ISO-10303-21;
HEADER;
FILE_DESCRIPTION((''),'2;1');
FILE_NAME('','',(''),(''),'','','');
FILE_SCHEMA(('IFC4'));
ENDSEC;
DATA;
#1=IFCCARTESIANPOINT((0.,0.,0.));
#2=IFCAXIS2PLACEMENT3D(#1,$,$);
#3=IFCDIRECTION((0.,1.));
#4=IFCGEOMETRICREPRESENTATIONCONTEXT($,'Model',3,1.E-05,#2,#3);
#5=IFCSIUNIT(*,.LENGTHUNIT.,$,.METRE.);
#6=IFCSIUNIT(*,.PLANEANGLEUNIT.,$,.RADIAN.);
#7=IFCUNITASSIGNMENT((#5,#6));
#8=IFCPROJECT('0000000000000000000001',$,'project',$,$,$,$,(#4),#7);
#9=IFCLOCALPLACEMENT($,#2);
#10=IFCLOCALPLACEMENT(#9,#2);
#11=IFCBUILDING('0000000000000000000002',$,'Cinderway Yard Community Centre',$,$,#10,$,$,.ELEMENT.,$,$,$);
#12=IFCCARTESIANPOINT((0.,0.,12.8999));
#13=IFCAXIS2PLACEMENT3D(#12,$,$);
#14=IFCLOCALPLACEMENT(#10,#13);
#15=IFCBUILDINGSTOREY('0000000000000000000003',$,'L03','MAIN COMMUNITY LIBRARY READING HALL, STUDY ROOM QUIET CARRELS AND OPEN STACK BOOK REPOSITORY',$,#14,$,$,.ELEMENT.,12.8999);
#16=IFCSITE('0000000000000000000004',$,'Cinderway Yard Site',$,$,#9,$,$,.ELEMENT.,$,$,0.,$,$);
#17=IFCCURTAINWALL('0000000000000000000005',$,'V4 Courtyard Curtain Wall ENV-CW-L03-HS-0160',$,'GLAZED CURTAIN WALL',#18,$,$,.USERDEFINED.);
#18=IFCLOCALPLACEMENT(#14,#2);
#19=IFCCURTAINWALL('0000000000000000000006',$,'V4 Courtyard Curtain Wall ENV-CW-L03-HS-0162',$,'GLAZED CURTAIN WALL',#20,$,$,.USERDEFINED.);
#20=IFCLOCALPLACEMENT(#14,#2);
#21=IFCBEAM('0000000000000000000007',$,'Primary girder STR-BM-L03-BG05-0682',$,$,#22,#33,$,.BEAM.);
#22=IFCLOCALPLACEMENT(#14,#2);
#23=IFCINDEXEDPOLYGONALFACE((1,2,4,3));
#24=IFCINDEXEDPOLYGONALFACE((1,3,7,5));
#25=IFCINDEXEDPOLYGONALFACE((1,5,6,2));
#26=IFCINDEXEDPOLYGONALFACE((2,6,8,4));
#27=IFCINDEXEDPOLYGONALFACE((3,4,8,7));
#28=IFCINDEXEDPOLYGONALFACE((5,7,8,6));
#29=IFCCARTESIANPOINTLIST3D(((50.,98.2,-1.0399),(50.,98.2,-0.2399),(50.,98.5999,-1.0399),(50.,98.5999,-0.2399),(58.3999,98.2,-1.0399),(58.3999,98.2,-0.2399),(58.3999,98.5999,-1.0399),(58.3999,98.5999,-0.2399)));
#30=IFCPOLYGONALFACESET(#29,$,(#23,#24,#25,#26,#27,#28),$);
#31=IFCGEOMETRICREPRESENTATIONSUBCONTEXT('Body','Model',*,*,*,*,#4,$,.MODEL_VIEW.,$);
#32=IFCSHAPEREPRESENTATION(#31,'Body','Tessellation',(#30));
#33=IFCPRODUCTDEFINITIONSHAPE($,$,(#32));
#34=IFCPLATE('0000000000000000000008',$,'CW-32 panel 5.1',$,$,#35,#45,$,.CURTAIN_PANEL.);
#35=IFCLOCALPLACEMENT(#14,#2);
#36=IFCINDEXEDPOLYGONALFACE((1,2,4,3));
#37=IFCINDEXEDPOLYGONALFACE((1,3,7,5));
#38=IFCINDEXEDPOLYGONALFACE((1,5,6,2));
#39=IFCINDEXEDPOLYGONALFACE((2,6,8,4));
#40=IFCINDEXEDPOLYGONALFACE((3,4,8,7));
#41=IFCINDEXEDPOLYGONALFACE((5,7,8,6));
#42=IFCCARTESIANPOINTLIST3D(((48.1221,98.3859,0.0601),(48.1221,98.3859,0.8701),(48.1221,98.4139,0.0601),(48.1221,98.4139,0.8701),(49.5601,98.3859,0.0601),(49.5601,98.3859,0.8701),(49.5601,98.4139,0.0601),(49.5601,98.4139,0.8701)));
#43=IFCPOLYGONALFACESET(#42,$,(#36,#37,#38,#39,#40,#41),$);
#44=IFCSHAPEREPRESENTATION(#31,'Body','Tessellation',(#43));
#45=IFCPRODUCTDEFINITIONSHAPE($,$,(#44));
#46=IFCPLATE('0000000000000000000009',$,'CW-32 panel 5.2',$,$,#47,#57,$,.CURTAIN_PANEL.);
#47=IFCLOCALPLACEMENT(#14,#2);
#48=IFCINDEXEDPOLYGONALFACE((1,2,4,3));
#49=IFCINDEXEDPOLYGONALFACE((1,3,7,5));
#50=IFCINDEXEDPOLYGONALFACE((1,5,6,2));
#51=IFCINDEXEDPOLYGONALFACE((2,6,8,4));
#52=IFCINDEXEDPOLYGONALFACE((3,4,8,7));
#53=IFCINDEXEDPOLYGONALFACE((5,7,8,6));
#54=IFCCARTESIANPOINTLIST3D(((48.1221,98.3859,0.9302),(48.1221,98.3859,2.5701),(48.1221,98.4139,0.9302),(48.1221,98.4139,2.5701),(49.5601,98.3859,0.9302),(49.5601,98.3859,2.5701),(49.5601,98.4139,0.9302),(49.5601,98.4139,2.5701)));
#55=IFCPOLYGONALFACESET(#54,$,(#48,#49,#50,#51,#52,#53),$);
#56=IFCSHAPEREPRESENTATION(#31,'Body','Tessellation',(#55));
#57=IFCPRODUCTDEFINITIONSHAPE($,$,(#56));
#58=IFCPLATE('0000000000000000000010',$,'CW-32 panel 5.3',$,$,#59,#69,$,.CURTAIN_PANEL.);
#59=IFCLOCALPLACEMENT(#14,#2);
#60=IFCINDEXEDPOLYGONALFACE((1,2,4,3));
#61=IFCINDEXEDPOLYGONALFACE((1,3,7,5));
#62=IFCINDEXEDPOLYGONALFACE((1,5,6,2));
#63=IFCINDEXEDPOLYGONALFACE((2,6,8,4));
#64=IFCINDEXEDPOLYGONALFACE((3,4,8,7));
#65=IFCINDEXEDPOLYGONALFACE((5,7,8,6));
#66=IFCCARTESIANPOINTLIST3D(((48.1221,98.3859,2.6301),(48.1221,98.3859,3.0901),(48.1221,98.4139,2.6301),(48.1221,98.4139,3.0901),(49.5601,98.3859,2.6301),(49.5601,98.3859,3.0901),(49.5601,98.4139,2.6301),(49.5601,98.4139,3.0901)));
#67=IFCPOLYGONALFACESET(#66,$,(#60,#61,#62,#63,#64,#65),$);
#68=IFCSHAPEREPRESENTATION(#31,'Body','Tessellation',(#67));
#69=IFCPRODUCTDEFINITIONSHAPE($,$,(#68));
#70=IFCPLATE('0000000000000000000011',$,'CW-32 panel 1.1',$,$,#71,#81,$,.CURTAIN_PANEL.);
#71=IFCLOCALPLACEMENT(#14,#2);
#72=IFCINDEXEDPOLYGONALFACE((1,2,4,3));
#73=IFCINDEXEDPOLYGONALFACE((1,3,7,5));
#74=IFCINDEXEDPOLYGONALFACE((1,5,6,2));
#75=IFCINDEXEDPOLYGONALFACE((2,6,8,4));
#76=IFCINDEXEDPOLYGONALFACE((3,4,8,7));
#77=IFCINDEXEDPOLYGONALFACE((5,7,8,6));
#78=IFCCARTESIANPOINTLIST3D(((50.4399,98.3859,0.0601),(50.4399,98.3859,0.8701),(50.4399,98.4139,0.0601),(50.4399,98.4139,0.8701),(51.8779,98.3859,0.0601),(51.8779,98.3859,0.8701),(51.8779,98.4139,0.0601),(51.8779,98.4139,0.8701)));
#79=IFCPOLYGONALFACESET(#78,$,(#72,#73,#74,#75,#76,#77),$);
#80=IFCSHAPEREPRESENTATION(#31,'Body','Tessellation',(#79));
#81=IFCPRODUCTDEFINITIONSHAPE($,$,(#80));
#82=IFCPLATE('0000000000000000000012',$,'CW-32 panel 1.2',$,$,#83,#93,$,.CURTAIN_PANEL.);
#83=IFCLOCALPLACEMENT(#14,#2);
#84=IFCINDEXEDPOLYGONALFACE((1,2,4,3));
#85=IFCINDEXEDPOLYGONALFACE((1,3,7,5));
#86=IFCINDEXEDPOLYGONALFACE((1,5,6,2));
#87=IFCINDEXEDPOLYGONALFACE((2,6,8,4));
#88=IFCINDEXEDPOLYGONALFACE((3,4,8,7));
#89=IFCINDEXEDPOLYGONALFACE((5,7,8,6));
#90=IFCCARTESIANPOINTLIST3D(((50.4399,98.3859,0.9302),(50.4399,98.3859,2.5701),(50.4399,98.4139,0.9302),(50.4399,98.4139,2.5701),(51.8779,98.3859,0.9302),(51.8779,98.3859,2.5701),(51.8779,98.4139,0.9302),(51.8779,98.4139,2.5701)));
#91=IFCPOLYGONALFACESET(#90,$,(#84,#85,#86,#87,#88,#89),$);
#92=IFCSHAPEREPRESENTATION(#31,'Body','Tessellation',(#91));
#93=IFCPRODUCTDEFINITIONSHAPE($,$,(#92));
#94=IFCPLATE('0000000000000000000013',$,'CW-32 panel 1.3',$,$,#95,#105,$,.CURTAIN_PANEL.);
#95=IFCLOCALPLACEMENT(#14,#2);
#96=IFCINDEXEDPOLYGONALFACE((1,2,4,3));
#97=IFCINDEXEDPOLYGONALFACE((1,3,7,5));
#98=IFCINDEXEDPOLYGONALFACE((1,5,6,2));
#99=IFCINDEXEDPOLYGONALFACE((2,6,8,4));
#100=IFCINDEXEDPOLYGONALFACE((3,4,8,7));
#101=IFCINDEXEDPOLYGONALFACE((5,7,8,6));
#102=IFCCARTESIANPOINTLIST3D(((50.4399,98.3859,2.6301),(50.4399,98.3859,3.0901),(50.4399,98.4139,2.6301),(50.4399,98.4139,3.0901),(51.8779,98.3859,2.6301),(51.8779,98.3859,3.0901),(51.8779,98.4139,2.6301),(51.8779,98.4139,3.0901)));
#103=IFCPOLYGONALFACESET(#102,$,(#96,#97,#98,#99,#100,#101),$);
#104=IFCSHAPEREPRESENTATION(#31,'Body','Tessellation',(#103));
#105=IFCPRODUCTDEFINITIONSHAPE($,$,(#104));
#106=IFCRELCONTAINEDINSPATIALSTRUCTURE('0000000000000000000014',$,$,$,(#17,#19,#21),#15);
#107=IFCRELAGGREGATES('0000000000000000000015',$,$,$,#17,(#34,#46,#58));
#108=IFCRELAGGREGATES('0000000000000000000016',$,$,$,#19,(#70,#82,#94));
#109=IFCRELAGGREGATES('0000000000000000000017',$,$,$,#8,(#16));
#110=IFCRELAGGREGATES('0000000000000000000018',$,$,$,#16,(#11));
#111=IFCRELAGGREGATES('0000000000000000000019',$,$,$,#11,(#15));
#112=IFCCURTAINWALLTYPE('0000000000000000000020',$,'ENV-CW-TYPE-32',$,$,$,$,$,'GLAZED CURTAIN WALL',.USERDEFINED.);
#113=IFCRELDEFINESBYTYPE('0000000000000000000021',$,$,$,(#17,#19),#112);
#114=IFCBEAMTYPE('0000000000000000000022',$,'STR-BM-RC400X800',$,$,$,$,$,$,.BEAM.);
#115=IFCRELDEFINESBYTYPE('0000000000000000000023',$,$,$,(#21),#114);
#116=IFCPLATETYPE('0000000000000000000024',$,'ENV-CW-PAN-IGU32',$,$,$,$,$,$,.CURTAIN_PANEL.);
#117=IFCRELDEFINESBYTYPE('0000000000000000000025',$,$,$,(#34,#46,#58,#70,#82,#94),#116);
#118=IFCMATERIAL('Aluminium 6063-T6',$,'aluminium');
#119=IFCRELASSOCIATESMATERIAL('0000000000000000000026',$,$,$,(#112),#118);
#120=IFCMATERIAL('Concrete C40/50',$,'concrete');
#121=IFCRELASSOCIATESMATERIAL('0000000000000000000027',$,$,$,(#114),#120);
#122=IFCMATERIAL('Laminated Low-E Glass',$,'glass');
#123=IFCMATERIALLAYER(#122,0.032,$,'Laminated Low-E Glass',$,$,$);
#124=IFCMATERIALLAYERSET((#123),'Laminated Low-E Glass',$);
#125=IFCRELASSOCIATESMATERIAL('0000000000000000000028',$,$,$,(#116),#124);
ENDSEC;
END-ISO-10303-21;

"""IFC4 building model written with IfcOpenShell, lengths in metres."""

from ifc_helpers import new_model, si_unit, direction, frame, origin, origin_2d, place, context, subcontext, project, spatial, rectangle, extrude, material, layer, layer_set, material_profile, profile_set, type_object, element, aggregate, save


model = new_model("IFC4")

# Units and contexts
model_context = context("Model", 3, precision=1e-05, world=origin(), true_north=direction((0.0, 1.0)))
body_context = subcontext(model_context, "Body", "Model", "MODEL_VIEW")
ifc_project = project(units=[si_unit("LENGTHUNIT", "METRE"), si_unit("PLANEANGLEUNIT", "RADIAN")], contexts=[model_context])

# Site, building, storey
site_placement = place(None, origin())
site = spatial("IfcSite", under=ifc_project, at=site_placement, Name="Cinderway Yard Site", CompositionType="ELEMENT", RefElevation=0.0)
building_placement = place(site_placement, origin())
building = spatial("IfcBuilding", under=site, at=building_placement, Name="Cinderway Yard Community Centre", CompositionType="ELEMENT")
storey_placement = place(building_placement, frame((0.0, 0.0, 12.8999)))
storey = spatial("IfcBuildingStorey", under=building, at=storey_placement, Name="L03", Description="MAIN COMMUNITY LIBRARY READING HALL, STUDY ROOM QUIET CARRELS AND OPEN STACK BOOK REPOSITORY", CompositionType="ELEMENT", Elevation=12.8999)

# Shared definitions
ifc_material_1 = material(Name="Concrete C40/50", Category="concrete")

# Curtain wall
ifc_material_2 = material(Name="Aluminium 6063-T6", Category="aluminium")
curtain_wall_type = type_object("IfcCurtainWallType", Name="ENV-CW-TYPE-32", ElementType="GLAZED CURTAIN WALL", PredefinedType="USERDEFINED", material=ifc_material_2)
curtain_wall_1_placement = place(storey_placement, origin())
curtain_wall_1 = element("IfcCurtainWall", 1, at=curtain_wall_1_placement, inside=storey, type_object=curtain_wall_type, Name="V4 Courtyard Curtain Wall ENV-CW-L03-HS-0160", ObjectType="GLAZED CURTAIN WALL", PredefinedType="USERDEFINED")

# Curtain wall
curtain_wall_2_placement = place(storey_placement, origin())
curtain_wall_2 = element("IfcCurtainWall", 2, at=curtain_wall_2_placement, inside=storey, type_object=curtain_wall_type, Name="V4 Courtyard Curtain Wall ENV-CW-L03-HS-0162", ObjectType="GLAZED CURTAIN WALL", PredefinedType="USERDEFINED")

# Beam
ifc_material_profile_1 = material_profile(ifc_material_1, rectangle(XDim=0.3999, YDim=0.8, at=origin_2d()), Name="Concrete C40/50")
ifc_profile_set_1 = profile_set([ifc_material_profile_1], Name="Concrete C40/50")
beam_type_1 = type_object("IfcBeamType", Name="STR-BM-RC400X800", PredefinedType="BEAM", material=ifc_profile_set_1)
beam_1_placement = place(storey_placement, frame((50.0, 98.3999, -0.6399), z_axis=(1.0, 0.0, 0.0), x_axis=(0.0, 1.0, 0.0)))
element("IfcBeam", 3, at=beam_1_placement, inside=storey, type_object=beam_type_1, Name="Primary girder STR-BM-L03-BG05-0682", PredefinedType="BEAM", context=body_context, shape_type="SweptSolid", body=[
    extrude(rectangle(XDim=0.3999, YDim=0.8, at=origin_2d()), origin(), (0.0, 0.0, 1.0), 8.3999),
])

# Plates
ifc_material_3 = material(Name="Laminated Low-E Glass", Category="glass")
ifc_layer = layer(ifc_material_3, 0.032, Name="Laminated Low-E Glass")
ifc_layer_set = layer_set([ifc_layer], Name="Laminated Low-E Glass")
plate_type = type_object("IfcPlateType", Name="ENV-CW-PAN-IGU32", PredefinedType="CURTAIN_PANEL", material=ifc_layer_set)
plate_1_placement = place(storey_placement, frame((48.8411, 98.3999, 0.0601), z_axis=(0.0, 0.0, 1.0), x_axis=(1.0, 0.0, 0.0)))
plate_1 = element("IfcPlate", 4, at=plate_1_placement, type_object=plate_type, Name="CW-32 panel 5.1", PredefinedType="CURTAIN_PANEL", context=body_context, shape_type="SweptSolid", body=[
    extrude(rectangle(XDim=1.438, YDim=0.0281, at=origin_2d()), origin(), (0.0, 0.0, 1.0), 0.8101),
])
plate_2_placement = place(storey_placement, frame((48.8411, 98.3999, 0.9302), z_axis=(0.0, 0.0, 1.0), x_axis=(1.0, 0.0, 0.0)))
plate_2 = element("IfcPlate", 5, at=plate_2_placement, type_object=plate_type, Name="CW-32 panel 5.2", PredefinedType="CURTAIN_PANEL", context=body_context, shape_type="SweptSolid", body=[
    extrude(rectangle(XDim=1.438, YDim=0.0281, at=origin_2d()), origin(), (0.0, 0.0, 1.0), 1.6399),
])
plate_3_placement = place(storey_placement, frame((48.8411, 98.3999, 2.6301), z_axis=(0.0, 0.0, 1.0), x_axis=(1.0, 0.0, 0.0)))
plate_3 = element("IfcPlate", 6, at=plate_3_placement, type_object=plate_type, Name="CW-32 panel 5.3", PredefinedType="CURTAIN_PANEL", context=body_context, shape_type="SweptSolid", body=[
    extrude(rectangle(XDim=1.438, YDim=0.0281, at=origin_2d()), origin(), (0.0, 0.0, 1.0), 0.46),
])
aggregate(curtain_wall_1, [plate_1, plate_2, plate_3])
plate_4_placement = place(storey_placement, frame((51.1589, 98.3999, 0.0601), z_axis=(0.0, 0.0, 1.0), x_axis=(1.0, 0.0, 0.0)))
plate_4 = element("IfcPlate", 7, at=plate_4_placement, type_object=plate_type, Name="CW-32 panel 1.1", PredefinedType="CURTAIN_PANEL", context=body_context, shape_type="SweptSolid", body=[
    extrude(rectangle(XDim=1.438, YDim=0.0281, at=origin_2d()), origin(), (0.0, 0.0, 1.0), 0.8101),
])
plate_5_placement = place(storey_placement, frame((51.1589, 98.3999, 0.9302), z_axis=(0.0, 0.0, 1.0), x_axis=(1.0, 0.0, 0.0)))
plate_5 = element("IfcPlate", 8, at=plate_5_placement, type_object=plate_type, Name="CW-32 panel 1.2", PredefinedType="CURTAIN_PANEL", context=body_context, shape_type="SweptSolid", body=[
    extrude(rectangle(XDim=1.438, YDim=0.0281, at=origin_2d()), origin(), (0.0, 0.0, 1.0), 1.6399),
])
plate_6_placement = place(storey_placement, frame((51.1589, 98.3999, 2.6301), z_axis=(0.0, 0.0, 1.0), x_axis=(1.0, 0.0, 0.0)))
plate_6 = element("IfcPlate", 9, at=plate_6_placement, type_object=plate_type, Name="CW-32 panel 1.3", PredefinedType="CURTAIN_PANEL", context=body_context, shape_type="SweptSolid", body=[
    extrude(rectangle(XDim=1.438, YDim=0.0281, at=origin_2d()), origin(), (0.0, 0.0, 1.0), 0.46),
])
aggregate(curtain_wall_2, [plate_4, plate_5, plate_6])

save(model, "model.ifc")
